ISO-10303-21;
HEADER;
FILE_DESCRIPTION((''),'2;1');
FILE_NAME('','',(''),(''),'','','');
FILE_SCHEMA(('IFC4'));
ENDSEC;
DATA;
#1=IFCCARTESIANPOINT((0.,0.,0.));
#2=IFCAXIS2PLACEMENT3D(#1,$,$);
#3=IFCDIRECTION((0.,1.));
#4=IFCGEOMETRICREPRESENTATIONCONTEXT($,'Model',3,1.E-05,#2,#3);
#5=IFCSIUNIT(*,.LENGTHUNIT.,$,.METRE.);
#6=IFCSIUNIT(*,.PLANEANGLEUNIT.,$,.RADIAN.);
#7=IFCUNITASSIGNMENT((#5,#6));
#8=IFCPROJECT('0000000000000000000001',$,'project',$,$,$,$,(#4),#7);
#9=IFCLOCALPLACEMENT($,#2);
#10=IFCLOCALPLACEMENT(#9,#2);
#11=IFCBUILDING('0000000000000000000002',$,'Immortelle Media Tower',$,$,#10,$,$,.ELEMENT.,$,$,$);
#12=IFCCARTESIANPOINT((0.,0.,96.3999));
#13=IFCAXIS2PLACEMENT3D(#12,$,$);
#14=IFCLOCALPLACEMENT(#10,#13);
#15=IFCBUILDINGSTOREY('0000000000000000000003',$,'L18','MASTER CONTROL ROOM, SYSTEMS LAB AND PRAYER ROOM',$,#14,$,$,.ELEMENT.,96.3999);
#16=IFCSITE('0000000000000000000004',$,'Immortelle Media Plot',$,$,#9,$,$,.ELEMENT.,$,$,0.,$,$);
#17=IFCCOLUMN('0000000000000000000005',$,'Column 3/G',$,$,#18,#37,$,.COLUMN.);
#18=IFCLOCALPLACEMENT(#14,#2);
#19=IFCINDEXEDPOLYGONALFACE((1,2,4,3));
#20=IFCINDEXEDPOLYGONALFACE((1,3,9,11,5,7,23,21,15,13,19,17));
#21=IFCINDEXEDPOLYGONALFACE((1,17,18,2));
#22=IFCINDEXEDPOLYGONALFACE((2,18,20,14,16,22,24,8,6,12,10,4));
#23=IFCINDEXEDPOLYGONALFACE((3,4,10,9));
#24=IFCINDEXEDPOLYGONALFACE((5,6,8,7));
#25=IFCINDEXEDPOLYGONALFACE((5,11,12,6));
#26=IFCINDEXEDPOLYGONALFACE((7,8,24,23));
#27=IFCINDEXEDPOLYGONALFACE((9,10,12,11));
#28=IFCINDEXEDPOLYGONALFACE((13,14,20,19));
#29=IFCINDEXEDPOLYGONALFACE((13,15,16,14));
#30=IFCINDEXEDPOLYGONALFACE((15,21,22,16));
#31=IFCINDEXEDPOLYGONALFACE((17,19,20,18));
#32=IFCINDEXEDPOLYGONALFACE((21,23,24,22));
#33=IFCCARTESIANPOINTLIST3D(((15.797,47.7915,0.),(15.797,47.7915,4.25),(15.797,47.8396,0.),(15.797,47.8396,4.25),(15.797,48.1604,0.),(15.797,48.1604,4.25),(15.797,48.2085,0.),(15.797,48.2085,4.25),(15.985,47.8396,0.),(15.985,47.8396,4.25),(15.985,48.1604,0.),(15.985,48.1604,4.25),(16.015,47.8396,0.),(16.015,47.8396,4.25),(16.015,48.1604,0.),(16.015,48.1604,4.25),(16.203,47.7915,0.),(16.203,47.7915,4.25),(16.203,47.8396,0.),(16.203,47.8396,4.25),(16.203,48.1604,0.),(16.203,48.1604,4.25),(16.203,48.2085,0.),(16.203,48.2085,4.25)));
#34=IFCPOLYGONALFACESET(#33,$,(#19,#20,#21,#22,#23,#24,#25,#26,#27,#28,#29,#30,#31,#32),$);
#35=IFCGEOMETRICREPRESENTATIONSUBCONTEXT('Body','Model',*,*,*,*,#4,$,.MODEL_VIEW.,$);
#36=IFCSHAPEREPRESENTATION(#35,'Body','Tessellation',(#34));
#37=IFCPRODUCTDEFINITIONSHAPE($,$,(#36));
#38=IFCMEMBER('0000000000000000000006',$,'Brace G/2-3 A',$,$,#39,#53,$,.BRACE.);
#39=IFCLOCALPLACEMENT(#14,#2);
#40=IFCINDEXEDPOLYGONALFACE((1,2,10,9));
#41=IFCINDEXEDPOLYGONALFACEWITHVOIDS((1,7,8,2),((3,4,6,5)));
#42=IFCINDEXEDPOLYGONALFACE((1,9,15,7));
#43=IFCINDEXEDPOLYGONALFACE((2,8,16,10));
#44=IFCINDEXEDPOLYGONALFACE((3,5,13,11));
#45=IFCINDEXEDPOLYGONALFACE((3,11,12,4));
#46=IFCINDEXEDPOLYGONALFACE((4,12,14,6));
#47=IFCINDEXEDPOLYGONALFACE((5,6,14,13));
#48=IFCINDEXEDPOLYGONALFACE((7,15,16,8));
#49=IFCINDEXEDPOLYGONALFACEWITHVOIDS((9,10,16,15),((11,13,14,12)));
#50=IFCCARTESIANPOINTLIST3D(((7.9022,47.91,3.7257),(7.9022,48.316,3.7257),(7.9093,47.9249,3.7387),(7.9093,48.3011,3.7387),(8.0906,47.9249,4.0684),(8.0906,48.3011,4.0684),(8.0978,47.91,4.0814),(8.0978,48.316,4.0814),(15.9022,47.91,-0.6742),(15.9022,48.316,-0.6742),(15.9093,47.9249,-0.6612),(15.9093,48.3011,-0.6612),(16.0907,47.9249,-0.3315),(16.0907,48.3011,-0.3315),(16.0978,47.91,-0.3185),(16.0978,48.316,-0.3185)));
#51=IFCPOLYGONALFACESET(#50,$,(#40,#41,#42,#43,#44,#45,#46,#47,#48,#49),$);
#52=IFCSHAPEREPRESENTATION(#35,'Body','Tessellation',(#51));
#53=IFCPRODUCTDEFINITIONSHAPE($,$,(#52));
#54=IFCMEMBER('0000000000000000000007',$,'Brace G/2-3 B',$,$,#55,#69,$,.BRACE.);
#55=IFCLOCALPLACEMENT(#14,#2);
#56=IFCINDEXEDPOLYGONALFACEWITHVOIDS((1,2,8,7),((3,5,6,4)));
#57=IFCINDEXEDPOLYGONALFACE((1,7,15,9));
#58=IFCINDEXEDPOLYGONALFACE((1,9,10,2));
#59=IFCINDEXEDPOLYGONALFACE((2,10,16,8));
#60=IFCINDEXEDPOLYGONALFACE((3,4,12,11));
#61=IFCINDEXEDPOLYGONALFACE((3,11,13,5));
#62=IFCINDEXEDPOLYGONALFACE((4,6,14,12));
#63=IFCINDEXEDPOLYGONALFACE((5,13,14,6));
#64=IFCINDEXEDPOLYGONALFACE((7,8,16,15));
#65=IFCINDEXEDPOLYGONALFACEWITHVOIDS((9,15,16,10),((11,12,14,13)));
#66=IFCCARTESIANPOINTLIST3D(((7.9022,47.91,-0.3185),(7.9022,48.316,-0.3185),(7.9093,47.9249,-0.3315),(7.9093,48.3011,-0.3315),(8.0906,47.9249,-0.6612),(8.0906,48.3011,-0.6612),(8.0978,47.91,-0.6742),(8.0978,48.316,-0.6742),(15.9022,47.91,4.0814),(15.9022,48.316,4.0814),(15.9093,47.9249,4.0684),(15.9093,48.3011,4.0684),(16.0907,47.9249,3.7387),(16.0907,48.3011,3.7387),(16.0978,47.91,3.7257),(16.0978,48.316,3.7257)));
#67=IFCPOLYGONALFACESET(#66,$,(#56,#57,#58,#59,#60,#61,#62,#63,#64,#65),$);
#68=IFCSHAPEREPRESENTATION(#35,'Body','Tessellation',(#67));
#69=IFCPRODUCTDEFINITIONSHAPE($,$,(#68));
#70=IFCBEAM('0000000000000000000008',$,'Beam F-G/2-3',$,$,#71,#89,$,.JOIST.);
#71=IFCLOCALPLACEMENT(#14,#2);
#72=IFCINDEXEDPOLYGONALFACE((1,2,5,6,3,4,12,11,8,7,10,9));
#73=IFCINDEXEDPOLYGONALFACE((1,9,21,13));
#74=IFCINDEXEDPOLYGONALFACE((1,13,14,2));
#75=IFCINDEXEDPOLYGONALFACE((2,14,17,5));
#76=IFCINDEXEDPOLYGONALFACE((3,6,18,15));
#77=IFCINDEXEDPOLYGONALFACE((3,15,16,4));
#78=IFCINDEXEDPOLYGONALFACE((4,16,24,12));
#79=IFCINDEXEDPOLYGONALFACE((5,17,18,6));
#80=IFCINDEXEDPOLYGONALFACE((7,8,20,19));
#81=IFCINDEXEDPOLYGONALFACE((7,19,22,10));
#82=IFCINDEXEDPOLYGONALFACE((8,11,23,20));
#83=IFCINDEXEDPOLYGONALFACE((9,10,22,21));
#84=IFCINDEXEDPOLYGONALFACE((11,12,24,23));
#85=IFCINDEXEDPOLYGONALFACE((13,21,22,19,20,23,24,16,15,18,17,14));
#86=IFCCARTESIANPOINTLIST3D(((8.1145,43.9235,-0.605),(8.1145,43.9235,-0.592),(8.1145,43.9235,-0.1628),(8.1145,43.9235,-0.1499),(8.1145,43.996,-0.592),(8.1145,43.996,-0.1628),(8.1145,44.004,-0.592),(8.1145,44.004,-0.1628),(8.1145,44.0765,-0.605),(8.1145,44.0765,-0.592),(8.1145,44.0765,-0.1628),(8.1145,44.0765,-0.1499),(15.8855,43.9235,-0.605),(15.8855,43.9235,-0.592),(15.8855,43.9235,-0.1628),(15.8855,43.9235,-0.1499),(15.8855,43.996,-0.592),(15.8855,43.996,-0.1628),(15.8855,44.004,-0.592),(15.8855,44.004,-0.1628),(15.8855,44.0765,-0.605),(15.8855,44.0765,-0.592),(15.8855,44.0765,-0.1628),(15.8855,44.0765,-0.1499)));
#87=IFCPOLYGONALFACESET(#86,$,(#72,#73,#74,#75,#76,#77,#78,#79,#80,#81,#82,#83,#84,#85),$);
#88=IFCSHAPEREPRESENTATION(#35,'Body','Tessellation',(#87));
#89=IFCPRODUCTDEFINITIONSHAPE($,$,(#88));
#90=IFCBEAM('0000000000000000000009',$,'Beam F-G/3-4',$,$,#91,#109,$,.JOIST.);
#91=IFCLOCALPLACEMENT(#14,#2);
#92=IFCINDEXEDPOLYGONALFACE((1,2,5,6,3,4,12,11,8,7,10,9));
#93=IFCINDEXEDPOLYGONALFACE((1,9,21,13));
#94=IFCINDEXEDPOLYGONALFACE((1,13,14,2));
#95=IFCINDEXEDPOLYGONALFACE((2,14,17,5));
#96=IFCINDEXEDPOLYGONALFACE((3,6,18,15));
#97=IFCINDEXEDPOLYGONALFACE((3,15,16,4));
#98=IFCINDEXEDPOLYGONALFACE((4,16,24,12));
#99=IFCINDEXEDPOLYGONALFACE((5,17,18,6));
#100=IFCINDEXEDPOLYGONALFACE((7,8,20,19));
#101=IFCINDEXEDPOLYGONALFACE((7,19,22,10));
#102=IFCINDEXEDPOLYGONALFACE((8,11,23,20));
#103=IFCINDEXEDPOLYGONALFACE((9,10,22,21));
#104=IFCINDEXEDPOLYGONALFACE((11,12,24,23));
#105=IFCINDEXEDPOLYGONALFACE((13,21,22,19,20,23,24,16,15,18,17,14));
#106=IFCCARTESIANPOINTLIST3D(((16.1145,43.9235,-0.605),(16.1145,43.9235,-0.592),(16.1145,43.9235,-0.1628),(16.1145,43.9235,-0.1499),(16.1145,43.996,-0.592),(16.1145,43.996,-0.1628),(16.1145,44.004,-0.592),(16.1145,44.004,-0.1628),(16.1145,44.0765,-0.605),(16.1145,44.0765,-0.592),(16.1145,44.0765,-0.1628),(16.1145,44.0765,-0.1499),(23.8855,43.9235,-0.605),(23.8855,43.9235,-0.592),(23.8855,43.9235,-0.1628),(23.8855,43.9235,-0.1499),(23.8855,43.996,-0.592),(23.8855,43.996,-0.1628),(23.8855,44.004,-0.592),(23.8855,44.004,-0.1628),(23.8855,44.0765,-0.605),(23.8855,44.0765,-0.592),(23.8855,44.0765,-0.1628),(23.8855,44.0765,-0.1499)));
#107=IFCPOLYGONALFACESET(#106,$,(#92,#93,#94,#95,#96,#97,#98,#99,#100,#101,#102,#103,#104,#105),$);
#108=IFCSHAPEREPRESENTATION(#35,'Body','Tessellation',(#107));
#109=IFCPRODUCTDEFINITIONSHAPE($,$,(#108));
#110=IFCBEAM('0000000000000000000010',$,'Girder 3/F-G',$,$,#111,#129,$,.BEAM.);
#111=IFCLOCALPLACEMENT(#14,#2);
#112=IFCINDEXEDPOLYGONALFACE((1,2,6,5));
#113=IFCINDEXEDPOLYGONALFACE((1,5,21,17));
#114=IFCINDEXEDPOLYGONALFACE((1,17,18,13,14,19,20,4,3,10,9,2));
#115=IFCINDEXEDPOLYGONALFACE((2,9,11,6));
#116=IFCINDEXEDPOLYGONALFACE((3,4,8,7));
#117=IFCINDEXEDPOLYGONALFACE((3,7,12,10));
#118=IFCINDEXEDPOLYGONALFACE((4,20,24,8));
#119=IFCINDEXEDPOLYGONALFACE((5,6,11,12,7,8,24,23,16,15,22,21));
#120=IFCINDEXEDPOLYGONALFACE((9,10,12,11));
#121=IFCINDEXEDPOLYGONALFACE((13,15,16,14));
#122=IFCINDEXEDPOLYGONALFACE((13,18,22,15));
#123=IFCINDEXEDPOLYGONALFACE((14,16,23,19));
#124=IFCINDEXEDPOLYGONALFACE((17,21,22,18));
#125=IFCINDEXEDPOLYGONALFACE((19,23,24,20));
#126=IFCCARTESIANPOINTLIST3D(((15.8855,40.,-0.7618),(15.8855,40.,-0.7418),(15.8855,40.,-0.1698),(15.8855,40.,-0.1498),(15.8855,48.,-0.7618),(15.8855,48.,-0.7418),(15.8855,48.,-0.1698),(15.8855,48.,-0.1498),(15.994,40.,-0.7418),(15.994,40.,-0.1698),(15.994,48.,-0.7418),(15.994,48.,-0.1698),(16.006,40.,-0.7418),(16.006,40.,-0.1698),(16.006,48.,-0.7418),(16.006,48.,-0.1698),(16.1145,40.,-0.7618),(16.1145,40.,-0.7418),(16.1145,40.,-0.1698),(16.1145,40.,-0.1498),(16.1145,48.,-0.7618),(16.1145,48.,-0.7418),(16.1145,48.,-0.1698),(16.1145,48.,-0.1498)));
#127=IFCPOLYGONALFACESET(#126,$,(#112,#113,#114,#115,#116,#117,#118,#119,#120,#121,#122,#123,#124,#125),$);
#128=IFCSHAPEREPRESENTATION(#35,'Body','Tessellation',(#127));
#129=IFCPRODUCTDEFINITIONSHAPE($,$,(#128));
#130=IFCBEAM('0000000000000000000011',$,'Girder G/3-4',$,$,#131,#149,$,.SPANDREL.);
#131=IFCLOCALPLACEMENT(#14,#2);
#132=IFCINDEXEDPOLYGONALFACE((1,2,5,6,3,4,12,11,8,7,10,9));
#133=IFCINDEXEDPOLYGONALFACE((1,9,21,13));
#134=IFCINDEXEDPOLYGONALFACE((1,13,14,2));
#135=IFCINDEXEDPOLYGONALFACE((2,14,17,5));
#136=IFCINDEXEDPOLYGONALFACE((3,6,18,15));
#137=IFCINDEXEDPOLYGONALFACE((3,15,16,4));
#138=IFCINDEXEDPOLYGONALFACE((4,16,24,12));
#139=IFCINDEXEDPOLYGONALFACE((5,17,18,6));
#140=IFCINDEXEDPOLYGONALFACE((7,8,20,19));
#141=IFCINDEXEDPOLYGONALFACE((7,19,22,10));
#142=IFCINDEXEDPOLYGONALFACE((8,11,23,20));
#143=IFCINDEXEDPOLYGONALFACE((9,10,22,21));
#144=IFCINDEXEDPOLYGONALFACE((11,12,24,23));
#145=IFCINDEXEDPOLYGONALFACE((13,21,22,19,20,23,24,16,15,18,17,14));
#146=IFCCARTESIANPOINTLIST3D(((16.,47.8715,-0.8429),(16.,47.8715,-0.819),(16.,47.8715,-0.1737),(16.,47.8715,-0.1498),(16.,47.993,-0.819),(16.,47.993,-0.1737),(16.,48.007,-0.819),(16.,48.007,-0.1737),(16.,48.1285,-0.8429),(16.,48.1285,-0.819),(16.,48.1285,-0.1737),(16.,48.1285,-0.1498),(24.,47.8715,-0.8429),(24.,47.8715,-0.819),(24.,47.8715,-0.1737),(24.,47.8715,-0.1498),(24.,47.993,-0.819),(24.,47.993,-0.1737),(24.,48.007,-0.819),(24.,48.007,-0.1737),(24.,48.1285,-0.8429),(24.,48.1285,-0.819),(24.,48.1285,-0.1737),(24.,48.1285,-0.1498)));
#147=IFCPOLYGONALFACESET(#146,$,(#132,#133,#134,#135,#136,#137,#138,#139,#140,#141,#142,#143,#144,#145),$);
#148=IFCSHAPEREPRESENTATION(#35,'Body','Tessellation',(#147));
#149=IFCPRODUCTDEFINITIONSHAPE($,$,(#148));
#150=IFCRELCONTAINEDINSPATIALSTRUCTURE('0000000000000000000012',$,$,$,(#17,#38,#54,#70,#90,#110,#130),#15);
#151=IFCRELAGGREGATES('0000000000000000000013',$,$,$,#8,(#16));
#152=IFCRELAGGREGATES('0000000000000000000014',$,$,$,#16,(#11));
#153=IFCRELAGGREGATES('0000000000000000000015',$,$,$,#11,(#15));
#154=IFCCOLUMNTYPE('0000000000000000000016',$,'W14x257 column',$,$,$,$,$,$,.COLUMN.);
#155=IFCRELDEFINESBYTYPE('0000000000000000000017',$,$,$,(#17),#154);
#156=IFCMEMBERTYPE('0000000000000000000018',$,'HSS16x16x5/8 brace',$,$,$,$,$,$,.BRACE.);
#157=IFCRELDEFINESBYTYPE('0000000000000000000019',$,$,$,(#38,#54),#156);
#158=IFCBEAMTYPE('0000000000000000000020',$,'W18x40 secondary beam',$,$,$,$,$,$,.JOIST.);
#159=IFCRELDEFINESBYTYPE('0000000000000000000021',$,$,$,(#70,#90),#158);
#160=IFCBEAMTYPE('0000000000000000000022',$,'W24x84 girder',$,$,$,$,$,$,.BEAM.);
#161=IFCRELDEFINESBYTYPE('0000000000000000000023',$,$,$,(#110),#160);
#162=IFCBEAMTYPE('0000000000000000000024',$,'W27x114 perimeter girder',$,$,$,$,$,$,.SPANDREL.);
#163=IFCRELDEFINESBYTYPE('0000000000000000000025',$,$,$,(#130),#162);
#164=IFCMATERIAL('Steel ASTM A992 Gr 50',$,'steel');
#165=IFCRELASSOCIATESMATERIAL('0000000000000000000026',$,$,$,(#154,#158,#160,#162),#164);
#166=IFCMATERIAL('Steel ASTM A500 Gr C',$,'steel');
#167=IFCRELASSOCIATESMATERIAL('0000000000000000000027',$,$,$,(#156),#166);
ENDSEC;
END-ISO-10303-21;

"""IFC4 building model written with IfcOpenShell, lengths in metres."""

from ifc_helpers import new_model, si_unit, direction, frame, origin, origin_2d, place, context, subcontext, project, spatial, hollow_rectangle, i_section, extrude, material, material_profile, profile_set, type_object, element, save


model = new_model("IFC4")

# Units and contexts
model_context = context("Model", 3, precision=1e-05, world=origin(), true_north=direction((0.0, 1.0)))
body_context = subcontext(model_context, "Body", "Model", "MODEL_VIEW")
ifc_project = project(units=[si_unit("LENGTHUNIT", "METRE"), si_unit("PLANEANGLEUNIT", "RADIAN")], contexts=[model_context])

# Site, building, storey
site_placement = place(None, origin())
site = spatial("IfcSite", under=ifc_project, at=site_placement, Name="Immortelle Media Plot", CompositionType="ELEMENT", RefElevation=0.0)
building_placement = place(site_placement, origin())
building = spatial("IfcBuilding", under=site, at=building_placement, Name="Immortelle Media Tower", CompositionType="ELEMENT")
storey_placement = place(building_placement, frame((0.0, 0.0, 96.3999)))
storey = spatial("IfcBuildingStorey", under=building, at=storey_placement, Name="L18", Description="MASTER CONTROL ROOM, SYSTEMS LAB AND PRAYER ROOM", CompositionType="ELEMENT", Elevation=96.3999)

# Column
ifc_material_1 = material(Name="Steel ASTM A992 Gr 50", Category="steel")
ifc_material_profile_1 = material_profile(ifc_material_1, i_section(OverallWidth=0.406, OverallDepth=0.417, WebThickness=0.03, FlangeThickness=0.0481, at=origin_2d()), Name="W14x257")
ifc_profile_set_1 = profile_set([ifc_material_profile_1], Name="Steel ASTM A992 Gr 50")
column_type = type_object("IfcColumnType", Name="W14x257 column", PredefinedType="COLUMN", material=ifc_profile_set_1)
column_placement = place(storey_placement, frame((16.0, 48.0, 0.0), z_axis=(0.0, 0.0, 1.0), x_axis=(1.0, 0.0, 0.0)))
element("IfcColumn", 1, at=column_placement, inside=storey, type_object=column_type, Name="Column 3/G", PredefinedType="COLUMN", context=body_context, shape_type="SweptSolid", body=[
    extrude(i_section(OverallWidth=0.406, OverallDepth=0.417, WebThickness=0.03, FlangeThickness=0.0481, at=origin_2d()), origin(), (0.0, 0.0, 1.0), 4.25),
])

# Members
ifc_material_2 = material(Name="Steel ASTM A500 Gr C", Category="steel")
ifc_material_profile_2 = material_profile(ifc_material_2, hollow_rectangle(XDim=0.406, YDim=0.406, WallThickness=0.0149, at=origin_2d()), Name="HSS16x16x5/8 brace")
ifc_profile_set_2 = profile_set([ifc_material_profile_2], Name="Steel ASTM A500 Gr C")
member_type = type_object("IfcMemberType", Name="HSS16x16x5/8 brace", PredefinedType="BRACE", material=ifc_profile_set_2)
for number, where, z_axis, x_axis, name in (
    (2, (16.0, 48.113, -0.4963), (-0.87622, 0.0, 0.481911), (0.0, -1.0, 0.0), "Brace G/2-3 A"),
    (3, (16.0, 48.113, 3.9036), (-0.87622, 0.0, -0.481911), (0.0, -1.0, 0.0), "Brace G/2-3 B"),
):
    element("IfcMember", number, at=place(storey_placement, frame(where, z_axis=z_axis, x_axis=x_axis)), inside=storey, type_object=member_type, Name=name, PredefinedType="BRACE", context=body_context, shape_type="SweptSolid", body=[
        extrude(hollow_rectangle(XDim=0.406, YDim=0.406, WallThickness=0.0149, at=origin_2d()), origin(), (0.0, 0.0, 1.0), 9.1301),
    ])

# Beams
ifc_material_profile_3 = material_profile(ifc_material_1, i_section(OverallWidth=0.1531, OverallDepth=0.4551, WebThickness=0.0081, FlangeThickness=0.0129, at=origin_2d()), Name="W18x40")
ifc_profile_set_3 = profile_set([ifc_material_profile_3], Name="Steel ASTM A992 Gr 50")
beam_type_1 = type_object("IfcBeamType", Name="W18x40 secondary beam", PredefinedType="JOIST", material=ifc_profile_set_3)
for number, where, z_axis, x_axis, name in (
    (4, (8.1145, 44.0, -0.3774), (1.0, 0.0, 0.0), (0.0, 1.0, 0.0), "Beam F-G/2-3"),
    (5, (16.1145, 44.0, -0.3774), (1.0, 0.0, 0.0), (0.0, 1.0, 0.0), "Beam F-G/3-4"),
):
    element("IfcBeam", number, at=place(storey_placement, frame(where, z_axis=z_axis, x_axis=x_axis)), inside=storey, type_object=beam_type_1, Name=name, PredefinedType="JOIST", context=body_context, shape_type="SweptSolid", body=[
        extrude(i_section(OverallWidth=0.1531, OverallDepth=0.4551, WebThickness=0.0081, FlangeThickness=0.0129, at=origin_2d()), origin(), (0.0, 0.0, 1.0), 7.771),
    ])
ifc_material_profile_4 = material_profile(ifc_material_1, i_section(OverallWidth=0.229, OverallDepth=0.6121, WebThickness=0.012, FlangeThickness=0.02, at=origin_2d()), Name="W24x84")
ifc_profile_set_4 = profile_set([ifc_material_profile_4], Name="Steel ASTM A992 Gr 50")
beam_type_2 = type_object("IfcBeamType", Name="W24x84 girder", PredefinedType="BEAM", material=ifc_profile_set_4)
beam_1_placement = place(storey_placement, frame((16.0, 40.0, -0.4558), z_axis=(0.0, 1.0, 0.0), x_axis=(-1.0, 0.0, 0.0)))
element("IfcBeam", 6, at=beam_1_placement, inside=storey, type_object=beam_type_2, Name="Girder 3/F-G", PredefinedType="BEAM", context=body_context, shape_type="SweptSolid", body=[
    extrude(i_section(OverallWidth=0.229, OverallDepth=0.6121, WebThickness=0.012, FlangeThickness=0.02, at=origin_2d()), origin(), (0.0, 0.0, 1.0), 8.0),
])
ifc_material_profile_5 = material_profile(ifc_material_1, i_section(OverallWidth=0.2571, OverallDepth=0.6931, WebThickness=0.0139, FlangeThickness=0.0239, at=origin_2d()), Name="W27x114")
ifc_profile_set_5 = profile_set([ifc_material_profile_5], Name="Steel ASTM A992 Gr 50")
beam_type_3 = type_object("IfcBeamType", Name="W27x114 perimeter girder", PredefinedType="SPANDREL", material=ifc_profile_set_5)
beam_2_placement = place(storey_placement, frame((16.0, 48.0, -0.4963), z_axis=(1.0, 0.0, 0.0), x_axis=(0.0, 1.0, 0.0)))
element("IfcBeam", 7, at=beam_2_placement, inside=storey, type_object=beam_type_3, Name="Girder G/3-4", PredefinedType="SPANDREL", context=body_context, shape_type="SweptSolid", body=[
    extrude(i_section(OverallWidth=0.2571, OverallDepth=0.6931, WebThickness=0.0139, FlangeThickness=0.0239, at=origin_2d()), origin(), (0.0, 0.0, 1.0), 8.0),
])

save(model, "model.ifc")
